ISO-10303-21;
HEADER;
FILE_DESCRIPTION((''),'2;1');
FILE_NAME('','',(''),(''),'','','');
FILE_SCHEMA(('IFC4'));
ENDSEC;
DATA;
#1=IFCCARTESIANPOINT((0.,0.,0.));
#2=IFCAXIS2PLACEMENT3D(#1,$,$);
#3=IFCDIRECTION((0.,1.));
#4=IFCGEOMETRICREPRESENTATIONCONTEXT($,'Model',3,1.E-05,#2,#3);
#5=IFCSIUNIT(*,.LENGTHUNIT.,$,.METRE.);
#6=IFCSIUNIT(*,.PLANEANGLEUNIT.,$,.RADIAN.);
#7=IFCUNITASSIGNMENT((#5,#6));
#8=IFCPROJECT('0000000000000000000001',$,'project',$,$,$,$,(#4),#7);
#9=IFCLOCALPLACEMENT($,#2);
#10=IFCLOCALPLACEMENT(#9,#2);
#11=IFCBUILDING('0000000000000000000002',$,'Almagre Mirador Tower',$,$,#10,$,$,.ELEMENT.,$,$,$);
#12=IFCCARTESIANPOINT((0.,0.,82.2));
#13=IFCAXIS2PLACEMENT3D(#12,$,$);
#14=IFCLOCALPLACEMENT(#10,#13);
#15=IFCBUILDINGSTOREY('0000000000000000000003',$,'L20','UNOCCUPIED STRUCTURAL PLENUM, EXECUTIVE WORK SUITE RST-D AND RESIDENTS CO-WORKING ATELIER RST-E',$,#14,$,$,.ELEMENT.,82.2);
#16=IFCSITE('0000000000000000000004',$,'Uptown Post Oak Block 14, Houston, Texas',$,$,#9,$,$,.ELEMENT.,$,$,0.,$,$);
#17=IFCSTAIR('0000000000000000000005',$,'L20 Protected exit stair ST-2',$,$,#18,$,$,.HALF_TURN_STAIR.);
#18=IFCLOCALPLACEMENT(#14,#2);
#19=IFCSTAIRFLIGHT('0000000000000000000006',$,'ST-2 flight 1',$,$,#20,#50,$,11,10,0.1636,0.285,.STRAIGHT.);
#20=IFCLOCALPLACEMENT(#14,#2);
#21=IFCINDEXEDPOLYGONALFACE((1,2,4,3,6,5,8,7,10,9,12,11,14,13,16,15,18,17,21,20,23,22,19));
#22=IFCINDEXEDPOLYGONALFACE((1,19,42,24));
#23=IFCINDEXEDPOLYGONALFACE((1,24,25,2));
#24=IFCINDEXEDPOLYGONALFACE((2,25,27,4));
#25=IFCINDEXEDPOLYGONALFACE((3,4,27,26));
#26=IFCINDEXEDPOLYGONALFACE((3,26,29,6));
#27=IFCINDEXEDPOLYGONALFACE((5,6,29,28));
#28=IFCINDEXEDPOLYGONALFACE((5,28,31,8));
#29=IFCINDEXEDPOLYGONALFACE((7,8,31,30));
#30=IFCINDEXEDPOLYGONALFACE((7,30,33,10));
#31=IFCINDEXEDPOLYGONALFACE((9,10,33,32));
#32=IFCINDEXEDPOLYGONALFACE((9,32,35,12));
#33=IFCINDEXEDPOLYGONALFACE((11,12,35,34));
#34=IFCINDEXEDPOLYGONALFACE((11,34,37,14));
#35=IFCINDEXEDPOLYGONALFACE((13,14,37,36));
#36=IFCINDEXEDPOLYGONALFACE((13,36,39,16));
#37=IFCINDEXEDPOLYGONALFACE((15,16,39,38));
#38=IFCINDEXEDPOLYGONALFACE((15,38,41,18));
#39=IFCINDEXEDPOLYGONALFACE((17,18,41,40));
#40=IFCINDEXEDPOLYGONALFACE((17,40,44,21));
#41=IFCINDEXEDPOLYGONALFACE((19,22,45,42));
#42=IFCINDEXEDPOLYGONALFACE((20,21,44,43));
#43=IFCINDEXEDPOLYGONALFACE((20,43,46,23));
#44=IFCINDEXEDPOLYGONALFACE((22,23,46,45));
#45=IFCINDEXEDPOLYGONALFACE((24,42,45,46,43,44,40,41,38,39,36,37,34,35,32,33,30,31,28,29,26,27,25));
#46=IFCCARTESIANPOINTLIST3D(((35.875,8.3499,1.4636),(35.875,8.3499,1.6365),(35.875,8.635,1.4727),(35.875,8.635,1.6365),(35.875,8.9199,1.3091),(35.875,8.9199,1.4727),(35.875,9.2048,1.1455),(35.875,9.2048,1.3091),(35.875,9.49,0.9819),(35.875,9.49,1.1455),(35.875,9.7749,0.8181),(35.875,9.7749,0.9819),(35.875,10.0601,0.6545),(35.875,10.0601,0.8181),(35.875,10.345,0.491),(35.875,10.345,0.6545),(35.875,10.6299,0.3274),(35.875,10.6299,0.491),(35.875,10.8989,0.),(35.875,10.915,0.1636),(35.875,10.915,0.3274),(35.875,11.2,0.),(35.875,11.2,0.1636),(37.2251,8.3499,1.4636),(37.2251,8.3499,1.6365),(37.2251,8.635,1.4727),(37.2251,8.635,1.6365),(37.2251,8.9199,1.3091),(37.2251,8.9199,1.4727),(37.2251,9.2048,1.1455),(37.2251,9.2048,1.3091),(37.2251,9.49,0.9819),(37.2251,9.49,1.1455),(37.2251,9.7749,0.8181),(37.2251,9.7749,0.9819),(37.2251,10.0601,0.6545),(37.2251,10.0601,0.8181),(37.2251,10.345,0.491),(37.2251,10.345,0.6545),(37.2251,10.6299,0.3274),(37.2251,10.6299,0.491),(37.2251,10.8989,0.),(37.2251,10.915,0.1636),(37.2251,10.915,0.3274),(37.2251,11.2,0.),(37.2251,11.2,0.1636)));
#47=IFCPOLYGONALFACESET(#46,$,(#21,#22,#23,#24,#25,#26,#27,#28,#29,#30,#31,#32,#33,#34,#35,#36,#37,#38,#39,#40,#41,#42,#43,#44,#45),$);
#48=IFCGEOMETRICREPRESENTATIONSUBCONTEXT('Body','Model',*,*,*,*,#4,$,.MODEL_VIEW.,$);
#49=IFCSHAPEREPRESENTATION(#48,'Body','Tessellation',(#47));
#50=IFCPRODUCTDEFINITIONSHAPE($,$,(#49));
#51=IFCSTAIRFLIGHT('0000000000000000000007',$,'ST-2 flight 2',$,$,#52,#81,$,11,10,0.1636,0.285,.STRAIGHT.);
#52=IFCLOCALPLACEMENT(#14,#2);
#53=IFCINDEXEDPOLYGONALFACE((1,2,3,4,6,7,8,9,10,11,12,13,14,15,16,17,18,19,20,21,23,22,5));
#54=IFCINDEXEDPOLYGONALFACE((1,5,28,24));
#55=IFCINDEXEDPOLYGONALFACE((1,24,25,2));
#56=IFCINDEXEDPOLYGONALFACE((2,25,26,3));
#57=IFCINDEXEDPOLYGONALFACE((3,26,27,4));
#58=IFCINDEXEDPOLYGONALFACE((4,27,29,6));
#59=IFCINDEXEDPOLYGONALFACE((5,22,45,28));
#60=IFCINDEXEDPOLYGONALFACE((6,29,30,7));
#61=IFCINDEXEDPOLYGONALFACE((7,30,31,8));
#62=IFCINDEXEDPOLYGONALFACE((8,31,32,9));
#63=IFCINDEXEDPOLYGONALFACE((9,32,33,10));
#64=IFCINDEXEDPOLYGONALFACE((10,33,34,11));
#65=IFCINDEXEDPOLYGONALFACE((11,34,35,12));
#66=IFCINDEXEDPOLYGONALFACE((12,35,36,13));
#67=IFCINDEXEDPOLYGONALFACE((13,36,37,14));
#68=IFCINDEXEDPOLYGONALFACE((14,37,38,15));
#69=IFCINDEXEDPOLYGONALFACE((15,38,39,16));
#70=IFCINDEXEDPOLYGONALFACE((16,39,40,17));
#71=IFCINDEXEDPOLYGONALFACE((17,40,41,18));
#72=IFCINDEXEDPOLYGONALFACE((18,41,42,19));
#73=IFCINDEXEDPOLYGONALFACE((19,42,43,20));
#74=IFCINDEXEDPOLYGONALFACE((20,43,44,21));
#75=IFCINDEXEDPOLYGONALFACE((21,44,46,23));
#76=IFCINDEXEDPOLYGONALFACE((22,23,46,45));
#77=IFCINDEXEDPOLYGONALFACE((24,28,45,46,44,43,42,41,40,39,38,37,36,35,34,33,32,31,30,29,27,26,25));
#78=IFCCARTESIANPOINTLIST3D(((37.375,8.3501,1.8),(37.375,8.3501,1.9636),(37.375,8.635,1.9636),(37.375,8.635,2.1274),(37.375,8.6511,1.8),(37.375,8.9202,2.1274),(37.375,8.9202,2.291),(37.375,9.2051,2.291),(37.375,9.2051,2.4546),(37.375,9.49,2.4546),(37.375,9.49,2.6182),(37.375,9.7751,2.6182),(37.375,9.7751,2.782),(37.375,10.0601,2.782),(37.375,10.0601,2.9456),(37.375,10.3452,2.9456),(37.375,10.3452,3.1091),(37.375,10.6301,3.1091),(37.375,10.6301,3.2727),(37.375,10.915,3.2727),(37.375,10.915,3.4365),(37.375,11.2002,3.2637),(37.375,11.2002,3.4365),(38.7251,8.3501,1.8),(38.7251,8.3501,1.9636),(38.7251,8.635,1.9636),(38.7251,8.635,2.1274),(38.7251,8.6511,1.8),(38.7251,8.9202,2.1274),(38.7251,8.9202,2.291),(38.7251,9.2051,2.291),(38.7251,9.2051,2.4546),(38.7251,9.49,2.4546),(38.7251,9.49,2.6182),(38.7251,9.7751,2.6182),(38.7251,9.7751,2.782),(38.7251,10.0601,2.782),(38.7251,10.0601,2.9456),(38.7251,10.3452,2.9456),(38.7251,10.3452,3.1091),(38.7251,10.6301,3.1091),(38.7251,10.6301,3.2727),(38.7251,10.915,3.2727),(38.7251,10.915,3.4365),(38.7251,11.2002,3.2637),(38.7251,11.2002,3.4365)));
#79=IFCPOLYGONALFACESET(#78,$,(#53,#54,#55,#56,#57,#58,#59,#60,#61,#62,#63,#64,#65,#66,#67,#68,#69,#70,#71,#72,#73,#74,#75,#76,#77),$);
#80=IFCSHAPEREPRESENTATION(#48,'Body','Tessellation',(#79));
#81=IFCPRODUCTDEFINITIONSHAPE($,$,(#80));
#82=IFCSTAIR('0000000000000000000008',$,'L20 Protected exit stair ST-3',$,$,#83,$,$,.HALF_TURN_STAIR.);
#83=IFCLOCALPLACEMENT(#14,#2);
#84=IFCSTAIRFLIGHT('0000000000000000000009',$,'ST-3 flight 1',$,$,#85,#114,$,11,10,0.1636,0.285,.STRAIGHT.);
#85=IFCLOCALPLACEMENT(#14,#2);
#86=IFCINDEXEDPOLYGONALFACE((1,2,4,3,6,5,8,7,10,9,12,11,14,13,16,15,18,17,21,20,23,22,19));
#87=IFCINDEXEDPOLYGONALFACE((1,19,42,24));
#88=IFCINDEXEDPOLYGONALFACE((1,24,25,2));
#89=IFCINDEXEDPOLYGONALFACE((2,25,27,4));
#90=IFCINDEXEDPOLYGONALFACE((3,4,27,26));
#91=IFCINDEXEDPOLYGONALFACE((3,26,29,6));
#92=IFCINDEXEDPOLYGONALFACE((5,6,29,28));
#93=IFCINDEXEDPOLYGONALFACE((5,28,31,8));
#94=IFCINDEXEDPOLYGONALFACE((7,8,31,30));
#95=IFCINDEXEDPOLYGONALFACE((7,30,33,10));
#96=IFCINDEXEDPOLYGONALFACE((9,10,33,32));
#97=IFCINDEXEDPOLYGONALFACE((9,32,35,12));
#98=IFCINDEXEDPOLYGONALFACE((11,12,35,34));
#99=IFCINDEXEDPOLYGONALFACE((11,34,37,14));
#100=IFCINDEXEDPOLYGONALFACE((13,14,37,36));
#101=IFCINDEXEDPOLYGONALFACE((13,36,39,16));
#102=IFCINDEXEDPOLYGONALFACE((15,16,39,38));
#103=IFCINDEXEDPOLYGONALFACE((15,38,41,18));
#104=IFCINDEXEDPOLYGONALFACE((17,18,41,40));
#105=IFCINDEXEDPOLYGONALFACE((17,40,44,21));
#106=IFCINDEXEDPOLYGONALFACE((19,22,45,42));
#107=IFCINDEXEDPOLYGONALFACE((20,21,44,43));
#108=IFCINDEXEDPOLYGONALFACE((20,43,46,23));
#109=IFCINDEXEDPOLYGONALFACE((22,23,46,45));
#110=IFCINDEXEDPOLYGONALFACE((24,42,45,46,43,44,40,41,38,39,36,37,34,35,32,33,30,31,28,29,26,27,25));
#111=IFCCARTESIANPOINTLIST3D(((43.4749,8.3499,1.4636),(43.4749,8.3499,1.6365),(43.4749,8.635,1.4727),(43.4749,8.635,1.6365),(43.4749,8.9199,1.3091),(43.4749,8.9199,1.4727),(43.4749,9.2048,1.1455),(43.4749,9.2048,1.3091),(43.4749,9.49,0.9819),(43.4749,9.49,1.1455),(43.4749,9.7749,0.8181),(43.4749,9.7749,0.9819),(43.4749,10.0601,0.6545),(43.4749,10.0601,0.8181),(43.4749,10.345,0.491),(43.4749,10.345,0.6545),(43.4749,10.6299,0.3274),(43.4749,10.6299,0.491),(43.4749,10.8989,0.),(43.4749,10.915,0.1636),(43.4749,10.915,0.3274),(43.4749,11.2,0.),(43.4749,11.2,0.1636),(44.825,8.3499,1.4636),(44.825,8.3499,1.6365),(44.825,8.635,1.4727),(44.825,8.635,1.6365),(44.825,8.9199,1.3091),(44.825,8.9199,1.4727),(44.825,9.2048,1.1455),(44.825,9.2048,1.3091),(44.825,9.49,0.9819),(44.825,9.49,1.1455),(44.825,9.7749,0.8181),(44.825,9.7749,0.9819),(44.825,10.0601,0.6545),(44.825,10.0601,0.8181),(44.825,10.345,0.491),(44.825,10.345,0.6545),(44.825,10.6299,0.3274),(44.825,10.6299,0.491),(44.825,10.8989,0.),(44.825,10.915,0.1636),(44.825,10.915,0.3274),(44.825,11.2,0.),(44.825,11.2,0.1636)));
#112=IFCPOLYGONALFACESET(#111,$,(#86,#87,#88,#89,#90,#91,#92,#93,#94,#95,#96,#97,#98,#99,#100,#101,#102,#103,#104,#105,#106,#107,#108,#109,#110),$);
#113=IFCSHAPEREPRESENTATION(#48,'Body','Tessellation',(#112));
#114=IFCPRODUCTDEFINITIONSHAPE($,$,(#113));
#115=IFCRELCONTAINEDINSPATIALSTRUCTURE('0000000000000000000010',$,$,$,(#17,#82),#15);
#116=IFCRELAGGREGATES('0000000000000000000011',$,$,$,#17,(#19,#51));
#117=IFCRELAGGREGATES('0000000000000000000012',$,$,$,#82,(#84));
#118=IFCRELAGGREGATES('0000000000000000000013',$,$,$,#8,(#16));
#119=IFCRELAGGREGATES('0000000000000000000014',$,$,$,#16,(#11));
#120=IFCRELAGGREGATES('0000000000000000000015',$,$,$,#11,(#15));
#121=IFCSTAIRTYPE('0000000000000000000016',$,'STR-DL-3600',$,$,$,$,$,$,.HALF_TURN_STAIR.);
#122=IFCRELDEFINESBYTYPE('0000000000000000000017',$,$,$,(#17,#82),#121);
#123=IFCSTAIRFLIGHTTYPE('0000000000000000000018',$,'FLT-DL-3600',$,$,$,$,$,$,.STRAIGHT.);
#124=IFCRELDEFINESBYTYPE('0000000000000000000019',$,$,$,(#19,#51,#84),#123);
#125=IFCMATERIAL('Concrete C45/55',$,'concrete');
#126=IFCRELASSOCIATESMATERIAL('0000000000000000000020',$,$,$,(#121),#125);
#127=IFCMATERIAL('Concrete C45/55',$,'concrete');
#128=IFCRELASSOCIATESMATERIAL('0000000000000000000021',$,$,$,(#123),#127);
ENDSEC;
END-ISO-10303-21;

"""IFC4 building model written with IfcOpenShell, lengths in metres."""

from ifc_helpers import new_model, si_unit, direction, frame, origin, place, context, subcontext, project, spatial, polyline, outline, extrude, material, type_object, element, aggregate, save


model = new_model("IFC4")

# Units and contexts
model_context = context("Model", 3, precision=1e-05, world=origin(), true_north=direction((0.0, 1.0)))
body_context = subcontext(model_context, "Body", "Model", "MODEL_VIEW")
ifc_project = project(units=[si_unit("LENGTHUNIT", "METRE"), si_unit("PLANEANGLEUNIT", "RADIAN")], contexts=[model_context])

# Site, building, storey
site_placement = place(None, origin())
site = spatial("IfcSite", under=ifc_project, at=site_placement, Name="Uptown Post Oak Block 14, Houston, Texas", CompositionType="ELEMENT", RefElevation=0.0)
building_placement = place(site_placement, origin())
building = spatial("IfcBuilding", under=site, at=building_placement, Name="Almagre Mirador Tower", CompositionType="ELEMENT")
storey_placement = place(building_placement, frame((0.0, 0.0, 82.2)))
storey = spatial("IfcBuildingStorey", under=building, at=storey_placement, Name="L20", Description="UNOCCUPIED STRUCTURAL PLENUM, EXECUTIVE WORK SUITE RST-D AND RESIDENTS CO-WORKING ATELIER RST-E", CompositionType="ELEMENT", Elevation=82.2)

# Stair, stair flights
ifc_material_1 = material(Name="Concrete C45/55", Category="concrete")
stair_type = type_object("IfcStairType", Name="STR-DL-3600", PredefinedType="HALF_TURN_STAIR", material=ifc_material_1)
stair_1_placement = place(storey_placement, origin())
stair_1 = element("IfcStair", 1, at=stair_1_placement, inside=storey, type_object=stair_type, Name="L20 Protected exit stair ST-2", PredefinedType="HALF_TURN_STAIR")
ifc_material_2 = material(Name="Concrete C45/55", Category="concrete")
stair_flight_type = type_object("IfcStairFlightType", Name="FLT-DL-3600", PredefinedType="STRAIGHT", material=ifc_material_2)
stair_flight_1_placement = place(storey_placement, frame((36.55, 11.2, 0.0), z_axis=(0.0, 0.0, 1.0), x_axis=(0.0, -1.0, 0.0)))
stair_flight_1 = element("IfcStairFlight", 2, at=stair_flight_1_placement, type_object=stair_flight_type, Name="ST-2 flight 1", NumberOfRisers=11, NumberOfTreads=10, PredefinedType="STRAIGHT", RiserHeight=0.1636, TreadLength=0.285, context=body_context, shape_type="SweptSolid", body=[
    extrude(outline(polyline([(0.0, 0.0), (0.0, 0.1636), (0.2849, 0.1636), (0.2849, 0.3274), (0.5701, 0.3274), (0.5701, 0.491), (0.855, 0.491), (0.855, 0.6545), (1.1399, 0.6545), (1.1399, 0.8181), (1.425, 0.8181), (1.425, 0.9819), (1.71, 0.9819), (1.71, 1.1455), (1.9951, 1.1455), (1.9951, 1.3091), (2.28, 1.3091), (2.28, 1.4727), (2.5649, 1.4727), (2.5649, 1.6365), (2.8501, 1.6365), (2.8501, 1.8), (2.8501, 1.4636), (0.301, 0.0), (0.0, 0.0)])), frame((0.0, 0.675, 0.0), z_axis=(0.0, -1.0, 0.0), x_axis=(1.0, 0.0, 0.0)), (0.0, 0.0, 1.0), 1.3501),
])
stair_flight_2_placement = place(storey_placement, frame((38.05, 8.3501, 1.8), z_axis=(0.0, 0.0, 1.0), x_axis=(0.0, 1.0, 0.0)))
stair_flight_2 = element("IfcStairFlight", 3, at=stair_flight_2_placement, type_object=stair_flight_type, Name="ST-2 flight 2", NumberOfRisers=11, NumberOfTreads=10, PredefinedType="STRAIGHT", RiserHeight=0.1636, TreadLength=0.285, context=body_context, shape_type="SweptSolid", body=[
    extrude(outline(polyline([(0.0, 0.0), (0.0, 0.1636), (0.2849, 0.1636), (0.2849, 0.3274), (0.5701, 0.3274), (0.5701, 0.491), (0.855, 0.491), (0.855, 0.6545), (1.1399, 0.6545), (1.1399, 0.8181), (1.425, 0.8181), (1.425, 0.9819), (1.71, 0.9819), (1.71, 1.1455), (1.9951, 1.1455), (1.9951, 1.3091), (2.28, 1.3091), (2.28, 1.4727), (2.5649, 1.4727), (2.5649, 1.6365), (2.8501, 1.6365), (2.8501, 1.8), (2.8501, 1.4636), (0.301, 0.0), (0.0, 0.0)])), frame((0.0, 0.675, 0.0), z_axis=(0.0, -1.0, 0.0), x_axis=(1.0, 0.0, 0.0)), (0.0, 0.0, 1.0), 1.3501),
])
aggregate(stair_1, [stair_flight_1, stair_flight_2])

# Stair, stair flight
stair_2_placement = place(storey_placement, origin())
stair_2 = element("IfcStair", 4, at=stair_2_placement, inside=storey, type_object=stair_type, Name="L20 Protected exit stair ST-3", PredefinedType="HALF_TURN_STAIR")
stair_flight_3_placement = place(storey_placement, frame((44.1499, 11.2, 0.0), z_axis=(0.0, 0.0, 1.0), x_axis=(0.0, -1.0, 0.0)))
stair_flight_3 = element("IfcStairFlight", 5, at=stair_flight_3_placement, type_object=stair_flight_type, Name="ST-3 flight 1", NumberOfRisers=11, NumberOfTreads=10, PredefinedType="STRAIGHT", RiserHeight=0.1636, TreadLength=0.285, context=body_context, shape_type="SweptSolid", body=[
    extrude(outline(polyline([(0.0, 0.0), (0.0, 0.1636), (0.2849, 0.1636), (0.2849, 0.3274), (0.5701, 0.3274), (0.5701, 0.491), (0.855, 0.491), (0.855, 0.6545), (1.1399, 0.6545), (1.1399, 0.8181), (1.425, 0.8181), (1.425, 0.9819), (1.71, 0.9819), (1.71, 1.1455), (1.9951, 1.1455), (1.9951, 1.3091), (2.28, 1.3091), (2.28, 1.4727), (2.5649, 1.4727), (2.5649, 1.6365), (2.8501, 1.6365), (2.8501, 1.8), (2.8501, 1.4636), (0.301, 0.0), (0.0, 0.0)])), frame((0.0, 0.675, 0.0), z_axis=(0.0, -1.0, 0.0), x_axis=(1.0, 0.0, 0.0)), (0.0, 0.0, 1.0), 1.3501),
])
aggregate(stair_2, [stair_flight_3])

save(model, "model.ifc")
